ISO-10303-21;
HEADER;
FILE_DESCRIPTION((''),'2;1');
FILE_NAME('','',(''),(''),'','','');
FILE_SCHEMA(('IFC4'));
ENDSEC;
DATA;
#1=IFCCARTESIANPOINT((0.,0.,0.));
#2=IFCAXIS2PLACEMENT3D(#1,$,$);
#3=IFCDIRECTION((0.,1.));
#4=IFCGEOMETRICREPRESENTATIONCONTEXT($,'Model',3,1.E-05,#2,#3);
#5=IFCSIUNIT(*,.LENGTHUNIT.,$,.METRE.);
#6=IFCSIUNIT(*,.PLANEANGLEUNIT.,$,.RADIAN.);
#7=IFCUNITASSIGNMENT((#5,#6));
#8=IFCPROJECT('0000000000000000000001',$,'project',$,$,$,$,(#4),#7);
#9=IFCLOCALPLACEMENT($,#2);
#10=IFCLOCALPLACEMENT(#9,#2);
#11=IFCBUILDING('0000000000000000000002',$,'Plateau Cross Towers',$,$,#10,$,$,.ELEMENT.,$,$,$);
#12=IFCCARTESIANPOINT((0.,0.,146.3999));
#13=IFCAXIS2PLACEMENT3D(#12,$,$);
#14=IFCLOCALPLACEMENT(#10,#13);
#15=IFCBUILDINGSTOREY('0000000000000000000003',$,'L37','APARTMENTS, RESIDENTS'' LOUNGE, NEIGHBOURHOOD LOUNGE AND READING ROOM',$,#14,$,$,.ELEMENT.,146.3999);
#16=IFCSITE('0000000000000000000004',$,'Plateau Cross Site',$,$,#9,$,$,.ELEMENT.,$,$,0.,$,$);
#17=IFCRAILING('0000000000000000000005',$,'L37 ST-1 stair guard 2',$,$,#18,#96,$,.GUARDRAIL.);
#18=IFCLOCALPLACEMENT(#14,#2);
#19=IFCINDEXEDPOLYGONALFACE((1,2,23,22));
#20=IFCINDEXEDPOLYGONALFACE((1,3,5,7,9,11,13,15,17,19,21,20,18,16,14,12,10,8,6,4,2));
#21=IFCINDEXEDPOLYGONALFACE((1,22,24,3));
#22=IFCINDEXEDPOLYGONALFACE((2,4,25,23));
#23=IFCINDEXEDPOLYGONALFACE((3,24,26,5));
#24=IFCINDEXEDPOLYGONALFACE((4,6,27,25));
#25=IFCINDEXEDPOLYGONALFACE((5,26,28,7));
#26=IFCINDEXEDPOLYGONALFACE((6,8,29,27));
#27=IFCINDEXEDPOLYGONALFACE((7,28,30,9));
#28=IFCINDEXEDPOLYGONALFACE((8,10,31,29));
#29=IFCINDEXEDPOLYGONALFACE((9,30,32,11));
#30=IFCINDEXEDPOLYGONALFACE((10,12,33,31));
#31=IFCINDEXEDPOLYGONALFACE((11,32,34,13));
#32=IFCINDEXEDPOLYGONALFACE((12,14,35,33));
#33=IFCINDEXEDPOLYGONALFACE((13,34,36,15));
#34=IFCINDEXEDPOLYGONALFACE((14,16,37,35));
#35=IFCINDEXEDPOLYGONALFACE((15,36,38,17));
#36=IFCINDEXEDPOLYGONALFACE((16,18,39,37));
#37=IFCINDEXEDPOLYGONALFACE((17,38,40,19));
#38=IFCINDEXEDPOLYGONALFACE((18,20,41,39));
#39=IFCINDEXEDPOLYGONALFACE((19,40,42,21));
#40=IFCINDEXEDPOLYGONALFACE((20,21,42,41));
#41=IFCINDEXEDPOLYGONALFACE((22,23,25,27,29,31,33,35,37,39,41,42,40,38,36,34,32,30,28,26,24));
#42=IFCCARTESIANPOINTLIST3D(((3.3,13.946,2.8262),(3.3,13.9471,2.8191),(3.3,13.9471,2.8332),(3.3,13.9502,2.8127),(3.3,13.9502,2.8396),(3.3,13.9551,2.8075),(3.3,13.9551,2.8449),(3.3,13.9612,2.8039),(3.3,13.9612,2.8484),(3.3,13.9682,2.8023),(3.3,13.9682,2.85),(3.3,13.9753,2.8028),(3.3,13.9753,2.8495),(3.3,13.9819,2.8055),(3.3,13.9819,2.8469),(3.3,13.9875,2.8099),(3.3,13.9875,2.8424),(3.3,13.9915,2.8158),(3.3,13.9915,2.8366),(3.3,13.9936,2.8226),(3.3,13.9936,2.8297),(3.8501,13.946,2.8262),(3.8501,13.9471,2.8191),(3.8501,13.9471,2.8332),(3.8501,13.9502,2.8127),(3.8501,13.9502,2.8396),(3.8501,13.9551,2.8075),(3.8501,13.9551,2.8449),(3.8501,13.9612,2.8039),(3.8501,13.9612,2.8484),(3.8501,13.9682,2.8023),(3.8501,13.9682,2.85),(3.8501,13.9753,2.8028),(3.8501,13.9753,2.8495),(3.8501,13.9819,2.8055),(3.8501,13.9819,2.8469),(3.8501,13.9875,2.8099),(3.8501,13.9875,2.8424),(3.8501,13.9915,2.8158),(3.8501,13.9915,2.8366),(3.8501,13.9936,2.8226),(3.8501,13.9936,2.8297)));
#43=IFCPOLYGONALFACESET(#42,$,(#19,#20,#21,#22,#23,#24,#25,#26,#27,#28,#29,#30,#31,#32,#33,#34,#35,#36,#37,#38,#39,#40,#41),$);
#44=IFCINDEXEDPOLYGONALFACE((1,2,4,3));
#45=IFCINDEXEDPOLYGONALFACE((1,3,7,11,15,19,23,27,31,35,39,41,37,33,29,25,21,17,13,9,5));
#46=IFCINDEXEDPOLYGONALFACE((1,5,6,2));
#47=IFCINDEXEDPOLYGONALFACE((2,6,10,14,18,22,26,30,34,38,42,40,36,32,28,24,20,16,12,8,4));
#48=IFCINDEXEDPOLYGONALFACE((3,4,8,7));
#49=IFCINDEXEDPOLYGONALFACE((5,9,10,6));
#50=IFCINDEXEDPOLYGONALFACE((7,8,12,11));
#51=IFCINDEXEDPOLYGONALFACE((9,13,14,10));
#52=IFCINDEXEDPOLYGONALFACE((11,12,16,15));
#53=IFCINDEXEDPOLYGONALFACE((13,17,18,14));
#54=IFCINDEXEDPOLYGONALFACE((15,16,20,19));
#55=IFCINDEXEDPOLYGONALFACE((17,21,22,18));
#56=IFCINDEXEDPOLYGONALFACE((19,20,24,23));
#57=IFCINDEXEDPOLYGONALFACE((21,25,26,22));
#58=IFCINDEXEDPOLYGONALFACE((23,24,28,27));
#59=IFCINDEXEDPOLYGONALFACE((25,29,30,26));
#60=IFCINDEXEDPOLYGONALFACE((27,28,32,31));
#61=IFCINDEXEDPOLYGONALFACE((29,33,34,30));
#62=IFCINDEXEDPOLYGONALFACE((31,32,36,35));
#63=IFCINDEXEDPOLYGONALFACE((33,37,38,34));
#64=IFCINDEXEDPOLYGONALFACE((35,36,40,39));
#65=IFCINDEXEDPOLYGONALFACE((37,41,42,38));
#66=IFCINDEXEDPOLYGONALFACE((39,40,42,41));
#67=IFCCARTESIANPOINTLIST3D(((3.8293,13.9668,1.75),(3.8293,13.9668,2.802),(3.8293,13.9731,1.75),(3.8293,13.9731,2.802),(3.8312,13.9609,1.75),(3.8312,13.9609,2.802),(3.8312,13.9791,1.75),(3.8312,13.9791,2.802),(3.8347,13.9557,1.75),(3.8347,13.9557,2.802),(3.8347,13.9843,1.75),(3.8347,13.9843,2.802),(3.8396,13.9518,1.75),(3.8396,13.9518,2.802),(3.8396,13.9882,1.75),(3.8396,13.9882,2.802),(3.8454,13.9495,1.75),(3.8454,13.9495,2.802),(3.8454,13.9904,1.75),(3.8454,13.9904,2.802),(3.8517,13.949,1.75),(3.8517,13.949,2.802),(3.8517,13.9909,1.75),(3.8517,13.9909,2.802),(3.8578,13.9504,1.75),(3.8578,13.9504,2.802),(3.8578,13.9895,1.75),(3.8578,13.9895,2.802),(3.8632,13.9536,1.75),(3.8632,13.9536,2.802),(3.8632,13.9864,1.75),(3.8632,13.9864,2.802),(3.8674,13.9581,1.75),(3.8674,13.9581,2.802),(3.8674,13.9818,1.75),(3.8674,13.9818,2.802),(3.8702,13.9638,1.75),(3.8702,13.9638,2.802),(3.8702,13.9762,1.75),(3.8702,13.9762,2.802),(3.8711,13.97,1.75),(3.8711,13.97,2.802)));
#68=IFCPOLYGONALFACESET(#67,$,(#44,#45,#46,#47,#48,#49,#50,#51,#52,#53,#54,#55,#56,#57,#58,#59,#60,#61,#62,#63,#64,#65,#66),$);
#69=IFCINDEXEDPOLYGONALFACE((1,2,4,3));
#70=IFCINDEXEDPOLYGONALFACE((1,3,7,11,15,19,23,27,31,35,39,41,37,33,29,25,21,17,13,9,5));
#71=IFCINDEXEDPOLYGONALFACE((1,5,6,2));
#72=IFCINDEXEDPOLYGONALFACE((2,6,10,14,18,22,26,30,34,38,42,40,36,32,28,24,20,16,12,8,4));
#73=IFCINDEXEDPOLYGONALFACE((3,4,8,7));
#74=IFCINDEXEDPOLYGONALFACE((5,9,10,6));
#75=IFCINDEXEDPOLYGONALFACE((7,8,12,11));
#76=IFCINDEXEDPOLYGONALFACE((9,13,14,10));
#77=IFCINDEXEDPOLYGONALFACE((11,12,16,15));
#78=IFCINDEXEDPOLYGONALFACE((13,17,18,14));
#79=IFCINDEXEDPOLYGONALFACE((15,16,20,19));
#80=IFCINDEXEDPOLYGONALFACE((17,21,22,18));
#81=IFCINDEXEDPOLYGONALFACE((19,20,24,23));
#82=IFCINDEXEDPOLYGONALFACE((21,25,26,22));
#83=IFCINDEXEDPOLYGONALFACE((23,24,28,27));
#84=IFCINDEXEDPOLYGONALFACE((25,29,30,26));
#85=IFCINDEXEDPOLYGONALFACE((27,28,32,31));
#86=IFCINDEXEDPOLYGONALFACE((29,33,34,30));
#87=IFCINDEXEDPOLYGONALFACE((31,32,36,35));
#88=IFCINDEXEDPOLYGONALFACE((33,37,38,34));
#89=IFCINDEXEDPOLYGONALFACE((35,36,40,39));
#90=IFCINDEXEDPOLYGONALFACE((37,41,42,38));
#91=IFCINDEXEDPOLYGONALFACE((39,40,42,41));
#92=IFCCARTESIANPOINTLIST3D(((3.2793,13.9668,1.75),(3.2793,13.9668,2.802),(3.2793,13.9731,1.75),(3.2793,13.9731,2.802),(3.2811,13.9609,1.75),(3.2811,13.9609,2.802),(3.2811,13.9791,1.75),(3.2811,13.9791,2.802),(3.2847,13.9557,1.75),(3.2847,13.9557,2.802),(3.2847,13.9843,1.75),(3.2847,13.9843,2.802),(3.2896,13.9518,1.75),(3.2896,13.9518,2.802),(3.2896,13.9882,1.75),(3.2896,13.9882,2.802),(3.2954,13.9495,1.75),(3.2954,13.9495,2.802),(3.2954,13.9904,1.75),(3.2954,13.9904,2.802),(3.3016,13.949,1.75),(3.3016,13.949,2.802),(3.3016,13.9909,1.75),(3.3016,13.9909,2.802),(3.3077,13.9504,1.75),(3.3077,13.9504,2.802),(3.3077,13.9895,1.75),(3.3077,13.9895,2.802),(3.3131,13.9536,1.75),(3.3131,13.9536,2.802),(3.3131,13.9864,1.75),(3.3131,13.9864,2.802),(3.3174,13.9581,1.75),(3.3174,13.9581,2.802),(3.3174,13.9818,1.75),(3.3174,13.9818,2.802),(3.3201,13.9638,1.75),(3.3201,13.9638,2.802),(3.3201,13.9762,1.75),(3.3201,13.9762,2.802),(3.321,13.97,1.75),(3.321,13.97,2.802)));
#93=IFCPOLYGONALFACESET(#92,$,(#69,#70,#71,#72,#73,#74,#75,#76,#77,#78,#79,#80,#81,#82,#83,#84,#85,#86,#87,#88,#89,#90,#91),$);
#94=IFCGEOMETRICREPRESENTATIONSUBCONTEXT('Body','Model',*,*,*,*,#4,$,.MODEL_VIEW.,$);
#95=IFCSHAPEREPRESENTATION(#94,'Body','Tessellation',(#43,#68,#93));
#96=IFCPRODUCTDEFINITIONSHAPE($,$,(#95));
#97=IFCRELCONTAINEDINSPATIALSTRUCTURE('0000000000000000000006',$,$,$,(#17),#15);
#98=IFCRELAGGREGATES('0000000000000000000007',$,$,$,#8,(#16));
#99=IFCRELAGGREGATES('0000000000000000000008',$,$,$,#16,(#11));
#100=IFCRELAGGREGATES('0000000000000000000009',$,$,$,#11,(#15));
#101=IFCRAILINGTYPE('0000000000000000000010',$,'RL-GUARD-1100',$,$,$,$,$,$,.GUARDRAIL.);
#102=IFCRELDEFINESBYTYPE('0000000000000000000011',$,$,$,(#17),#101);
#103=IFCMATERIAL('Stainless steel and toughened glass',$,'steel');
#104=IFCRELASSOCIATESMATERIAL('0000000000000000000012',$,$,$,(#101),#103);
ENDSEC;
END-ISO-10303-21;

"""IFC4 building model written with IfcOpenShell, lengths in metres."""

from ifc_helpers import new_model, si_unit, direction, frame, origin, origin_2d, place, context, subcontext, project, spatial, circle, extrude, material, type_object, element, save


model = new_model("IFC4")

# Units and contexts
model_context = context("Model", 3, precision=1e-05, world=origin(), true_north=direction((0.0, 1.0)))
body_context = subcontext(model_context, "Body", "Model", "MODEL_VIEW")
ifc_project = project(units=[si_unit("LENGTHUNIT", "METRE"), si_unit("PLANEANGLEUNIT", "RADIAN")], contexts=[model_context])

# Site, building, storey
site_placement = place(None, origin())
site = spatial("IfcSite", under=ifc_project, at=site_placement, Name="Plateau Cross Site", CompositionType="ELEMENT", RefElevation=0.0)
building_placement = place(site_placement, origin())
building = spatial("IfcBuilding", under=site, at=building_placement, Name="Plateau Cross Towers", CompositionType="ELEMENT")
storey_placement = place(building_placement, frame((0.0, 0.0, 146.3999)))
storey = spatial("IfcBuildingStorey", under=building, at=storey_placement, Name="L37", Description="APARTMENTS, RESIDENTS' LOUNGE, NEIGHBOURHOOD LOUNGE AND READING ROOM", CompositionType="ELEMENT", Elevation=146.3999)

# Railing
ifc_material_1 = material(Name="Stainless steel and toughened glass", Category="steel")
railing_type = type_object("IfcRailingType", Name="RL-GUARD-1100", PredefinedType="GUARDRAIL", material=ifc_material_1)
railing_1_placement = place(storey_placement, frame((3.8501, 13.97, 1.75)))
element("IfcRailing", 1, at=railing_1_placement, inside=storey, type_object=railing_type, Name="L37 ST-1 stair guard 2", PredefinedType="GUARDRAIL", context=body_context, shape_type="SweptSolid", body=[
    extrude(circle(Radius=0.0239, at=origin_2d()), frame((0.0, 0.0, 1.0762), z_axis=(-1.0, 0.0, 0.0), x_axis=(0.0, -1.0, 0.0)), (0.0, 0.0, 1.0), 0.55),
    extrude(circle(Radius=0.021, at=origin_2d()), origin(), (0.0, 0.0, 1.0), 1.052),
    extrude(circle(Radius=0.021, at=origin_2d()), frame((-0.55, 0.0, 0.0)), (0.0, 0.0, 1.0), 1.052),
])

save(model, "model.ifc")
